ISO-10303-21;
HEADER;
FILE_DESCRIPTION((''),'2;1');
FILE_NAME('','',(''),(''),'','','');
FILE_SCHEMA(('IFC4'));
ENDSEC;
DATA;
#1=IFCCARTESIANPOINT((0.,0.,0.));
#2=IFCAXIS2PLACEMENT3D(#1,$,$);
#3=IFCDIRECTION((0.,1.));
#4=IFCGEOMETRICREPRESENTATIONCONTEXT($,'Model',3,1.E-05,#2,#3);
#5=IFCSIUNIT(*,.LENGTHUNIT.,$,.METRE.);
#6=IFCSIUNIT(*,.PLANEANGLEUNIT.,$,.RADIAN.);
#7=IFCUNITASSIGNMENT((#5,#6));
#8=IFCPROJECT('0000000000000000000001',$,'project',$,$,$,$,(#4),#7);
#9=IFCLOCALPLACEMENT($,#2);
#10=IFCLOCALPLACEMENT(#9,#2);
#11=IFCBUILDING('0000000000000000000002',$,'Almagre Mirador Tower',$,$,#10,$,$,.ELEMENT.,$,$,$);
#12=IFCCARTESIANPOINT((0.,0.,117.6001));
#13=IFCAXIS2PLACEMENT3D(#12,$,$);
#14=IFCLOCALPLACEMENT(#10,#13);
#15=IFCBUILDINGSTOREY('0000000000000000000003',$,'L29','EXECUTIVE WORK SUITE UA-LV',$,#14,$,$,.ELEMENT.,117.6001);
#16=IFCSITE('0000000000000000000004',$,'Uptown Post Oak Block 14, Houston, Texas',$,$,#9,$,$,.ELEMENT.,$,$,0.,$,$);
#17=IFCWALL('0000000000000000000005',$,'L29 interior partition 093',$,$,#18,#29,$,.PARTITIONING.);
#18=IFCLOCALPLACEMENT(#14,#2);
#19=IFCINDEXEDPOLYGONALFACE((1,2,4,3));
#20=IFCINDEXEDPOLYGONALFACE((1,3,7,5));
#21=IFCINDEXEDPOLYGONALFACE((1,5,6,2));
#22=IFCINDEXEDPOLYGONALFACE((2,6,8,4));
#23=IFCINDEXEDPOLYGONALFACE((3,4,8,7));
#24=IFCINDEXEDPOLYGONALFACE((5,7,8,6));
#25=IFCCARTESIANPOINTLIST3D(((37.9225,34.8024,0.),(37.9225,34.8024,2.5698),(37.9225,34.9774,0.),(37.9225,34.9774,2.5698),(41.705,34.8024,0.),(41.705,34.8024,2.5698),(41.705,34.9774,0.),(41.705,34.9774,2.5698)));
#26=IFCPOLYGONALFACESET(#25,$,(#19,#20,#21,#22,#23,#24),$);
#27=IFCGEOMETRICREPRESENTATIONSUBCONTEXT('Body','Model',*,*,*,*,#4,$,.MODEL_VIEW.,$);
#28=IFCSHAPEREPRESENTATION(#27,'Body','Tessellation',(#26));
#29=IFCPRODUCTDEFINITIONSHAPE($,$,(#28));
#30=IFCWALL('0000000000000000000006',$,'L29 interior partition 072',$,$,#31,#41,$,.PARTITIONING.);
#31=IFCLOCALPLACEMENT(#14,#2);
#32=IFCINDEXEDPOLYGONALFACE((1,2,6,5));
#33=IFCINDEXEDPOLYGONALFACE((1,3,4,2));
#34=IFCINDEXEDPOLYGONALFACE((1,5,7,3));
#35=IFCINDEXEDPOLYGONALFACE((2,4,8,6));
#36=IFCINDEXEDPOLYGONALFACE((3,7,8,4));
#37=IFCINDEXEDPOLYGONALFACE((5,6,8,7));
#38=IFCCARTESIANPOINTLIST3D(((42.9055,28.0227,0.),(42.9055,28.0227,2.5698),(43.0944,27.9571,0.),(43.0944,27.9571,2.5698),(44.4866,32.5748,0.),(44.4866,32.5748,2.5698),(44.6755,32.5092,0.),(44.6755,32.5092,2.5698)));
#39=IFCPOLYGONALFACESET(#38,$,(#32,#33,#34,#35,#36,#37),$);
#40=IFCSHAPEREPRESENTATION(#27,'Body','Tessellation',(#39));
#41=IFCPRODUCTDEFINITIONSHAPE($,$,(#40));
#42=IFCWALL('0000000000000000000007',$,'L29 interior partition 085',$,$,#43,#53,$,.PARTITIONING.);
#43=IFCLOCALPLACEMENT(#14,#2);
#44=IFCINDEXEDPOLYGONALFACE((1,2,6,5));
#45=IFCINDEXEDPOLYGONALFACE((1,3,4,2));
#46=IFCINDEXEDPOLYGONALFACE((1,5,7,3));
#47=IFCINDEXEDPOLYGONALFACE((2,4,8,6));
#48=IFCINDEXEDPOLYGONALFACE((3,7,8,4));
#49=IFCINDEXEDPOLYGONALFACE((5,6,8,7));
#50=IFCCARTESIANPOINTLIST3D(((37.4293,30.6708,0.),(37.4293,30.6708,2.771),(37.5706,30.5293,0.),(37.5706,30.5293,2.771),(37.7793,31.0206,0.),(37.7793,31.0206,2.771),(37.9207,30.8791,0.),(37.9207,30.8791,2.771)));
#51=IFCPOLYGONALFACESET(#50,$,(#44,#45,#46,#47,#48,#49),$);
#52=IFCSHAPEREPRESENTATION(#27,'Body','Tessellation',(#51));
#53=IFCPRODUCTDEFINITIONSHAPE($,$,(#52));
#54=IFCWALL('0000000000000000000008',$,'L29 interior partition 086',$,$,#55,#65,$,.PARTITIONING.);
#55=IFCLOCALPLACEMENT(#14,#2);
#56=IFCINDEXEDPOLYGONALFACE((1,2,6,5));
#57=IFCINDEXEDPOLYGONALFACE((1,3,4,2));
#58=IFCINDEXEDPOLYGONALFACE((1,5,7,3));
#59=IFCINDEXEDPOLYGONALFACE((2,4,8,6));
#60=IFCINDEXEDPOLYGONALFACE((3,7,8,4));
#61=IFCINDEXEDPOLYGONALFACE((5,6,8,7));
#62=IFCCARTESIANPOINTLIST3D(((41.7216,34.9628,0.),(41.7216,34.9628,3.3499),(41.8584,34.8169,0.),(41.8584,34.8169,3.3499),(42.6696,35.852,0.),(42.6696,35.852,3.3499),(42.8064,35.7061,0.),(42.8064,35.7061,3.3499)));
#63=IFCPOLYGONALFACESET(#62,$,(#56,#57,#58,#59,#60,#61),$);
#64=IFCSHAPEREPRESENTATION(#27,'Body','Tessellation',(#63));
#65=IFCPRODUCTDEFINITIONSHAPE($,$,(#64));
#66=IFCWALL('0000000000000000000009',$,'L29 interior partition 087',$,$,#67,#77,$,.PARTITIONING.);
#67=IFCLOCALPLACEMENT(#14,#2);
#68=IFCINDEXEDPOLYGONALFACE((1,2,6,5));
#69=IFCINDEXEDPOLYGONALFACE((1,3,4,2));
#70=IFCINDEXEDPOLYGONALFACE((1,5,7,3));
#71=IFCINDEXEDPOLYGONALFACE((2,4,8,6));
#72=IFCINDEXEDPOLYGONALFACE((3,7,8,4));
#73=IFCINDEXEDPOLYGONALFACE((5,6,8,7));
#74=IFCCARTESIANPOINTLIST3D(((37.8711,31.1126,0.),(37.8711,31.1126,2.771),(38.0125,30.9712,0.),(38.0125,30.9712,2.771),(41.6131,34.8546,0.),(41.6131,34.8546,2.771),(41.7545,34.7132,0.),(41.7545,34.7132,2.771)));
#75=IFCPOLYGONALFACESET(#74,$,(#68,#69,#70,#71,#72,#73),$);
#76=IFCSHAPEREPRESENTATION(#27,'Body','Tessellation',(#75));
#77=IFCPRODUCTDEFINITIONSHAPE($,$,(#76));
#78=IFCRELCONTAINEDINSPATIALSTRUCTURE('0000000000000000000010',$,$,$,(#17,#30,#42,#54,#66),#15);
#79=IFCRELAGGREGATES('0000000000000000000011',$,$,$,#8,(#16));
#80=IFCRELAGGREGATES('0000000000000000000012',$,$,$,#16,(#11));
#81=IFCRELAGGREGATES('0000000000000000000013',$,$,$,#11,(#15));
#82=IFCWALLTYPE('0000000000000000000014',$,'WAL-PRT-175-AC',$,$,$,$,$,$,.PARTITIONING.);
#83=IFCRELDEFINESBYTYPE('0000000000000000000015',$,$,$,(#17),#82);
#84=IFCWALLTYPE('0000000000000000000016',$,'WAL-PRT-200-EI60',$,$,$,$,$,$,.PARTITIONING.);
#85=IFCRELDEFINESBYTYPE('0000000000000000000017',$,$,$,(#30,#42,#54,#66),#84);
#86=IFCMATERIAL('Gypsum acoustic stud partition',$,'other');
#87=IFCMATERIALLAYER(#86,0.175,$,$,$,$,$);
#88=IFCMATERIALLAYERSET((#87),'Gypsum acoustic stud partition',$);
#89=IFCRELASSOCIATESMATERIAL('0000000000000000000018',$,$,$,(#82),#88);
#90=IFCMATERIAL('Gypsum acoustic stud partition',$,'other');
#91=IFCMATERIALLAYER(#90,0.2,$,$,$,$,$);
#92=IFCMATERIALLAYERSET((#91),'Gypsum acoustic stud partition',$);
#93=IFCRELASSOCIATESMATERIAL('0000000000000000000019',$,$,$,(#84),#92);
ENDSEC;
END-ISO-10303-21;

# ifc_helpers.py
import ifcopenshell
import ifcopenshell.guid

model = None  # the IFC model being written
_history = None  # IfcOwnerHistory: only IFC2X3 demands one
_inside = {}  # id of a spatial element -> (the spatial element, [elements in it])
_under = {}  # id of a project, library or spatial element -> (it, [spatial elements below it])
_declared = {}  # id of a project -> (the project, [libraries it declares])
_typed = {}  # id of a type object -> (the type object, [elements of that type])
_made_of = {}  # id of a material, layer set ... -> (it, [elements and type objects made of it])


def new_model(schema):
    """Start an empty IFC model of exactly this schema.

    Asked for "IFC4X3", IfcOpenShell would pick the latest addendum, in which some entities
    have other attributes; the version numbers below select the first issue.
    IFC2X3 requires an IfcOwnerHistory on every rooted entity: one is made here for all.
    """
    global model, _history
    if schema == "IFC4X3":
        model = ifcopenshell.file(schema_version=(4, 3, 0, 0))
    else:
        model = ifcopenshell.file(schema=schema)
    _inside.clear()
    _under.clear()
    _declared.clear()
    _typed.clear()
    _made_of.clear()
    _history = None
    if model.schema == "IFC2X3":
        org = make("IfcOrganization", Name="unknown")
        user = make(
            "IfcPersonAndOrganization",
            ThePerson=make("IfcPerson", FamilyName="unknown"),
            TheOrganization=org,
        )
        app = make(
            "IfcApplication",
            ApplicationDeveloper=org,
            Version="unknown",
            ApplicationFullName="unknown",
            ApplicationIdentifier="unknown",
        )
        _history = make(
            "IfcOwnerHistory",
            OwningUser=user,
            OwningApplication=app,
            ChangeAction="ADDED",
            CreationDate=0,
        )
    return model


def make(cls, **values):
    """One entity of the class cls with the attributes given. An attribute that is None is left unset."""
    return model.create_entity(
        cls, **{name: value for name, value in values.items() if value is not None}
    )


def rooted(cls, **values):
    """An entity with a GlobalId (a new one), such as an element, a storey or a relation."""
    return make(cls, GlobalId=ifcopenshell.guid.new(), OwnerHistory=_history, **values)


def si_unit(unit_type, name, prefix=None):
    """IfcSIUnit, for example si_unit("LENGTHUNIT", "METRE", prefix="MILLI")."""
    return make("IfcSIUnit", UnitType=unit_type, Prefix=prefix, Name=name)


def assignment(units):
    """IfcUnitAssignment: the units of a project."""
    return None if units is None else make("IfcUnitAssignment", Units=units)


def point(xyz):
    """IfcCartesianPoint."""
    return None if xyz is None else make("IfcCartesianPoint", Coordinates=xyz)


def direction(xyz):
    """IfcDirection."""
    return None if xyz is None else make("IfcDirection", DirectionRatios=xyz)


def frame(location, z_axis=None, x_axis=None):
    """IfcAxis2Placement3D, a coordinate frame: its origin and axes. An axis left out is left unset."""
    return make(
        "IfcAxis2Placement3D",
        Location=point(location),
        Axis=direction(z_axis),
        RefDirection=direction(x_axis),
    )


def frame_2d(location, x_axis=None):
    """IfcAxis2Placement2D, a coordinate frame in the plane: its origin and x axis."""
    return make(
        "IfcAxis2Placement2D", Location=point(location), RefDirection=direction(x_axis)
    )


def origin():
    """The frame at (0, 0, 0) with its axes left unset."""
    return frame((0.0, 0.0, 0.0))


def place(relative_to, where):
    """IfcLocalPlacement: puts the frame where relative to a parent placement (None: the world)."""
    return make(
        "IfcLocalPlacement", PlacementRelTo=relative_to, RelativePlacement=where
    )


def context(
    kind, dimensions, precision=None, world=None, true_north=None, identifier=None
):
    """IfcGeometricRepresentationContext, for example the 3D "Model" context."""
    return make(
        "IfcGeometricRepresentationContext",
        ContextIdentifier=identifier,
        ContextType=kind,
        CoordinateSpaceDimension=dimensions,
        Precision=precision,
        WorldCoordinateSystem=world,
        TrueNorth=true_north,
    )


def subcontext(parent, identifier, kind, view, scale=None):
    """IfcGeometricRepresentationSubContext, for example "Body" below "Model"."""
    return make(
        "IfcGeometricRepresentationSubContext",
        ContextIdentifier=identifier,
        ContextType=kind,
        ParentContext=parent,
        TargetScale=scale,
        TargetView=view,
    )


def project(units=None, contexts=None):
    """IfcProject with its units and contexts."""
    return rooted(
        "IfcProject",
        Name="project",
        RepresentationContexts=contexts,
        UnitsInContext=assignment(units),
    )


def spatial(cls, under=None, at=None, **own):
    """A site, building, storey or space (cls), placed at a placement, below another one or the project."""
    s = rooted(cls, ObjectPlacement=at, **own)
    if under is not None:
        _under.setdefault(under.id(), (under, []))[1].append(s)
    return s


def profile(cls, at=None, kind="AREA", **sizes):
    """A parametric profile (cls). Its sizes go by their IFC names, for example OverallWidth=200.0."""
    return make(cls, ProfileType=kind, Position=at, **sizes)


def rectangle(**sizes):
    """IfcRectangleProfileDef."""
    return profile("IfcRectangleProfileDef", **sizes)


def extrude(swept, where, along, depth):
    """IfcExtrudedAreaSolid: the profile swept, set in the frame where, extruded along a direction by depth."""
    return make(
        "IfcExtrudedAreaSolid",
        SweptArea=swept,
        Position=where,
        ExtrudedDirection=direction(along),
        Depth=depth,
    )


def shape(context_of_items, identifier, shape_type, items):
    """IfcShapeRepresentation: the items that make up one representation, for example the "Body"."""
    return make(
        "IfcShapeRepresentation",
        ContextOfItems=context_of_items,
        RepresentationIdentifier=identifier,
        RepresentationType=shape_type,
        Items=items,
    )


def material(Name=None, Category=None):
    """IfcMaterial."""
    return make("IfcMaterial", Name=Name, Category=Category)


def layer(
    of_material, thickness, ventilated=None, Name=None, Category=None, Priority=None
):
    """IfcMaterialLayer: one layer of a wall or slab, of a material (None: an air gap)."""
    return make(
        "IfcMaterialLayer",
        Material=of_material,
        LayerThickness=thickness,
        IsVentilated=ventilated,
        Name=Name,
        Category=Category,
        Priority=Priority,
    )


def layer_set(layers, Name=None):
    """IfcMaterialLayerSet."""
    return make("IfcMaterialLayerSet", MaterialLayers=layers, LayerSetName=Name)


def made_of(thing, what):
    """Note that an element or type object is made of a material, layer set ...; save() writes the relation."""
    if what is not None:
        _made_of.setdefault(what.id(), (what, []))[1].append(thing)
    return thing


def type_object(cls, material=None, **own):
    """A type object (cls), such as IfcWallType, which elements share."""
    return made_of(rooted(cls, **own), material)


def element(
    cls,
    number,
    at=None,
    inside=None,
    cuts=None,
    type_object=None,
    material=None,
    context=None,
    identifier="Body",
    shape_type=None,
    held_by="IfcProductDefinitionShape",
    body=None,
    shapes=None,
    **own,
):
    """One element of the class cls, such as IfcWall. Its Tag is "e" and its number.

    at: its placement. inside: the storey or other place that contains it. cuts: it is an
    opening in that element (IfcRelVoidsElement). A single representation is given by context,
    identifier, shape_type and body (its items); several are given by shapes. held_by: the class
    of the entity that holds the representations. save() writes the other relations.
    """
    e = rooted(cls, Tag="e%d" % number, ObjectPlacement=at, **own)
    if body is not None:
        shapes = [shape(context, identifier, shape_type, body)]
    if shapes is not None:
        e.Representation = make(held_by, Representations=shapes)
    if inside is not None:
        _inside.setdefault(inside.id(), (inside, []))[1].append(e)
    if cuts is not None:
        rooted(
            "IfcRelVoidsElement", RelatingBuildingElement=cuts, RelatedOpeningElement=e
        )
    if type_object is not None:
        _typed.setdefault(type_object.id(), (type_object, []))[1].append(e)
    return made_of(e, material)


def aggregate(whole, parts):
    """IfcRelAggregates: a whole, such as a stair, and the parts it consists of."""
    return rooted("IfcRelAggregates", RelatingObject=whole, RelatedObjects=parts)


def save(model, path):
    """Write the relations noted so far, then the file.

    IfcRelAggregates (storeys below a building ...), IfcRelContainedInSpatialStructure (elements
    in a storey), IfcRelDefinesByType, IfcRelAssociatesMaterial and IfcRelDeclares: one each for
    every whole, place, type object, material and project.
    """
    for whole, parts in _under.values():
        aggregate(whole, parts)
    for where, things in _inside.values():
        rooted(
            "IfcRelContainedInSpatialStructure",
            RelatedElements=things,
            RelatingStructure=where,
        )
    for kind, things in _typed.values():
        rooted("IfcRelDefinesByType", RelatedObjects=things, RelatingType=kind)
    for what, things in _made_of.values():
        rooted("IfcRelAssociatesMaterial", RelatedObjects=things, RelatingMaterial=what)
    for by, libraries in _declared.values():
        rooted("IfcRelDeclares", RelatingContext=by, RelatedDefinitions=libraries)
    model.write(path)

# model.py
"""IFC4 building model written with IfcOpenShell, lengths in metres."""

from ifc_helpers import new_model, si_unit, direction, frame, frame_2d, origin, place, context, subcontext, project, spatial, rectangle, extrude, material, layer, layer_set, type_object, element, save


model = new_model("IFC4")

# Units and contexts
model_context = context("Model", 3, precision=1e-05, world=origin(), true_north=direction((0.0, 1.0)))
body_context = subcontext(model_context, "Body", "Model", "MODEL_VIEW")
ifc_project = project(units=[si_unit("LENGTHUNIT", "METRE"), si_unit("PLANEANGLEUNIT", "RADIAN")], contexts=[model_context])

# Site, building, storey
site_placement = place(None, origin())
site = spatial("IfcSite", under=ifc_project, at=site_placement, Name="Uptown Post Oak Block 14, Houston, Texas", CompositionType="ELEMENT", RefElevation=0.0)
building_placement = place(site_placement, origin())
building = spatial("IfcBuilding", under=site, at=building_placement, Name="Almagre Mirador Tower", CompositionType="ELEMENT")
storey_placement = place(building_placement, frame((0.0, 0.0, 117.6001)))
storey = spatial("IfcBuildingStorey", under=building, at=storey_placement, Name="L29", Description="EXECUTIVE WORK SUITE UA-LV", CompositionType="ELEMENT", Elevation=117.6001)

# Shared definitions
ifc_material_1 = material(Name="Gypsum acoustic stud partition", Category="other")
ifc_layer_1 = layer(ifc_material_1, 0.175)
ifc_layer_set_1 = layer_set([ifc_layer_1], Name="Gypsum acoustic stud partition")
wall_type_1 = type_object("IfcWallType", Name="WAL-PRT-175-AC", PredefinedType="PARTITIONING", material=ifc_layer_set_1)

# Walls
wall_1_placement = place(storey_placement, frame((37.9226, 34.8899, 0.0), z_axis=(0.0, 0.0, 1.0), x_axis=(1.0, 0.0, 0.0)))
element("IfcWall", 1, at=wall_1_placement, inside=storey, type_object=wall_type_1, Name="L29 interior partition 093", PredefinedType="PARTITIONING", context=body_context, shape_type="SweptSolid", body=[
    extrude(rectangle(XDim=3.7825, YDim=0.175, at=frame_2d((1.8911, 0.0))), origin(), (0.0, 0.0, 1.0), 2.5698),
])
ifc_material_2 = material(Name="Gypsum acoustic stud partition", Category="other")
ifc_layer_2 = layer(ifc_material_2, 0.2)
ifc_layer_set_2 = layer_set([ifc_layer_2], Name="Gypsum acoustic stud partition")
wall_type_2 = type_object("IfcWallType", Name="WAL-PRT-200-EI60", PredefinedType="PARTITIONING", material=ifc_layer_set_2)
wall_2_placement = place(storey_placement, frame((44.5811, 32.542, 0.0), z_axis=(0.0, 0.0, 1.0), x_axis=(-0.328104, -0.944642, 0.0)))
element("IfcWall", 2, at=wall_2_placement, inside=storey, type_object=wall_type_2, Name="L29 interior partition 072", PredefinedType="PARTITIONING", context=body_context, shape_type="SweptSolid", body=[
    extrude(rectangle(XDim=4.8188, YDim=0.2, at=frame_2d((2.4094, 0.0))), origin(), (0.0, 0.0, 1.0), 2.5698),
])
wall_3_placement = place(storey_placement, frame((37.8501, 30.95, 0.0), z_axis=(0.0, 0.0, 1.0), x_axis=(-0.707353, -0.70686, 0.0)))
element("IfcWall", 3, at=wall_3_placement, inside=storey, type_object=wall_type_2, Name="L29 interior partition 085", PredefinedType="PARTITIONING", context=body_context, shape_type="SweptSolid", body=[
    extrude(rectangle(XDim=0.4949, YDim=0.2, at=frame_2d((0.2476, 0.0))), origin(), (0.0, 0.0, 1.0), 2.771),
])
wall_4_placement = place(storey_placement, frame((42.738, 35.7791, 0.0), z_axis=(0.0, 0.0, 1.0), x_axis=(-0.729379, -0.68411, 0.0)))
element("IfcWall", 4, at=wall_4_placement, inside=storey, type_object=wall_type_2, Name="L29 interior partition 086", PredefinedType="PARTITIONING", context=body_context, shape_type="SweptSolid", body=[
    extrude(rectangle(XDim=1.2998, YDim=0.2, at=frame_2d((0.6499, 0.0))), origin(), (0.0, 0.0, 1.0), 3.3499),
])
wall_5_placement = place(storey_placement, frame((41.6838, 34.7839, 0.0), z_axis=(0.0, 0.0, 1.0), x_axis=(-0.707107, -0.707107, 0.0)))
element("IfcWall", 5, at=wall_5_placement, inside=storey, type_object=wall_type_2, Name="L29 interior partition 087", PredefinedType="PARTITIONING", context=body_context, shape_type="SweptSolid", body=[
    extrude(rectangle(XDim=5.292, YDim=0.2, at=frame_2d((2.646, 0.0))), origin(), (0.0, 0.0, 1.0), 2.771),
])

save(model, "model.ifc")
